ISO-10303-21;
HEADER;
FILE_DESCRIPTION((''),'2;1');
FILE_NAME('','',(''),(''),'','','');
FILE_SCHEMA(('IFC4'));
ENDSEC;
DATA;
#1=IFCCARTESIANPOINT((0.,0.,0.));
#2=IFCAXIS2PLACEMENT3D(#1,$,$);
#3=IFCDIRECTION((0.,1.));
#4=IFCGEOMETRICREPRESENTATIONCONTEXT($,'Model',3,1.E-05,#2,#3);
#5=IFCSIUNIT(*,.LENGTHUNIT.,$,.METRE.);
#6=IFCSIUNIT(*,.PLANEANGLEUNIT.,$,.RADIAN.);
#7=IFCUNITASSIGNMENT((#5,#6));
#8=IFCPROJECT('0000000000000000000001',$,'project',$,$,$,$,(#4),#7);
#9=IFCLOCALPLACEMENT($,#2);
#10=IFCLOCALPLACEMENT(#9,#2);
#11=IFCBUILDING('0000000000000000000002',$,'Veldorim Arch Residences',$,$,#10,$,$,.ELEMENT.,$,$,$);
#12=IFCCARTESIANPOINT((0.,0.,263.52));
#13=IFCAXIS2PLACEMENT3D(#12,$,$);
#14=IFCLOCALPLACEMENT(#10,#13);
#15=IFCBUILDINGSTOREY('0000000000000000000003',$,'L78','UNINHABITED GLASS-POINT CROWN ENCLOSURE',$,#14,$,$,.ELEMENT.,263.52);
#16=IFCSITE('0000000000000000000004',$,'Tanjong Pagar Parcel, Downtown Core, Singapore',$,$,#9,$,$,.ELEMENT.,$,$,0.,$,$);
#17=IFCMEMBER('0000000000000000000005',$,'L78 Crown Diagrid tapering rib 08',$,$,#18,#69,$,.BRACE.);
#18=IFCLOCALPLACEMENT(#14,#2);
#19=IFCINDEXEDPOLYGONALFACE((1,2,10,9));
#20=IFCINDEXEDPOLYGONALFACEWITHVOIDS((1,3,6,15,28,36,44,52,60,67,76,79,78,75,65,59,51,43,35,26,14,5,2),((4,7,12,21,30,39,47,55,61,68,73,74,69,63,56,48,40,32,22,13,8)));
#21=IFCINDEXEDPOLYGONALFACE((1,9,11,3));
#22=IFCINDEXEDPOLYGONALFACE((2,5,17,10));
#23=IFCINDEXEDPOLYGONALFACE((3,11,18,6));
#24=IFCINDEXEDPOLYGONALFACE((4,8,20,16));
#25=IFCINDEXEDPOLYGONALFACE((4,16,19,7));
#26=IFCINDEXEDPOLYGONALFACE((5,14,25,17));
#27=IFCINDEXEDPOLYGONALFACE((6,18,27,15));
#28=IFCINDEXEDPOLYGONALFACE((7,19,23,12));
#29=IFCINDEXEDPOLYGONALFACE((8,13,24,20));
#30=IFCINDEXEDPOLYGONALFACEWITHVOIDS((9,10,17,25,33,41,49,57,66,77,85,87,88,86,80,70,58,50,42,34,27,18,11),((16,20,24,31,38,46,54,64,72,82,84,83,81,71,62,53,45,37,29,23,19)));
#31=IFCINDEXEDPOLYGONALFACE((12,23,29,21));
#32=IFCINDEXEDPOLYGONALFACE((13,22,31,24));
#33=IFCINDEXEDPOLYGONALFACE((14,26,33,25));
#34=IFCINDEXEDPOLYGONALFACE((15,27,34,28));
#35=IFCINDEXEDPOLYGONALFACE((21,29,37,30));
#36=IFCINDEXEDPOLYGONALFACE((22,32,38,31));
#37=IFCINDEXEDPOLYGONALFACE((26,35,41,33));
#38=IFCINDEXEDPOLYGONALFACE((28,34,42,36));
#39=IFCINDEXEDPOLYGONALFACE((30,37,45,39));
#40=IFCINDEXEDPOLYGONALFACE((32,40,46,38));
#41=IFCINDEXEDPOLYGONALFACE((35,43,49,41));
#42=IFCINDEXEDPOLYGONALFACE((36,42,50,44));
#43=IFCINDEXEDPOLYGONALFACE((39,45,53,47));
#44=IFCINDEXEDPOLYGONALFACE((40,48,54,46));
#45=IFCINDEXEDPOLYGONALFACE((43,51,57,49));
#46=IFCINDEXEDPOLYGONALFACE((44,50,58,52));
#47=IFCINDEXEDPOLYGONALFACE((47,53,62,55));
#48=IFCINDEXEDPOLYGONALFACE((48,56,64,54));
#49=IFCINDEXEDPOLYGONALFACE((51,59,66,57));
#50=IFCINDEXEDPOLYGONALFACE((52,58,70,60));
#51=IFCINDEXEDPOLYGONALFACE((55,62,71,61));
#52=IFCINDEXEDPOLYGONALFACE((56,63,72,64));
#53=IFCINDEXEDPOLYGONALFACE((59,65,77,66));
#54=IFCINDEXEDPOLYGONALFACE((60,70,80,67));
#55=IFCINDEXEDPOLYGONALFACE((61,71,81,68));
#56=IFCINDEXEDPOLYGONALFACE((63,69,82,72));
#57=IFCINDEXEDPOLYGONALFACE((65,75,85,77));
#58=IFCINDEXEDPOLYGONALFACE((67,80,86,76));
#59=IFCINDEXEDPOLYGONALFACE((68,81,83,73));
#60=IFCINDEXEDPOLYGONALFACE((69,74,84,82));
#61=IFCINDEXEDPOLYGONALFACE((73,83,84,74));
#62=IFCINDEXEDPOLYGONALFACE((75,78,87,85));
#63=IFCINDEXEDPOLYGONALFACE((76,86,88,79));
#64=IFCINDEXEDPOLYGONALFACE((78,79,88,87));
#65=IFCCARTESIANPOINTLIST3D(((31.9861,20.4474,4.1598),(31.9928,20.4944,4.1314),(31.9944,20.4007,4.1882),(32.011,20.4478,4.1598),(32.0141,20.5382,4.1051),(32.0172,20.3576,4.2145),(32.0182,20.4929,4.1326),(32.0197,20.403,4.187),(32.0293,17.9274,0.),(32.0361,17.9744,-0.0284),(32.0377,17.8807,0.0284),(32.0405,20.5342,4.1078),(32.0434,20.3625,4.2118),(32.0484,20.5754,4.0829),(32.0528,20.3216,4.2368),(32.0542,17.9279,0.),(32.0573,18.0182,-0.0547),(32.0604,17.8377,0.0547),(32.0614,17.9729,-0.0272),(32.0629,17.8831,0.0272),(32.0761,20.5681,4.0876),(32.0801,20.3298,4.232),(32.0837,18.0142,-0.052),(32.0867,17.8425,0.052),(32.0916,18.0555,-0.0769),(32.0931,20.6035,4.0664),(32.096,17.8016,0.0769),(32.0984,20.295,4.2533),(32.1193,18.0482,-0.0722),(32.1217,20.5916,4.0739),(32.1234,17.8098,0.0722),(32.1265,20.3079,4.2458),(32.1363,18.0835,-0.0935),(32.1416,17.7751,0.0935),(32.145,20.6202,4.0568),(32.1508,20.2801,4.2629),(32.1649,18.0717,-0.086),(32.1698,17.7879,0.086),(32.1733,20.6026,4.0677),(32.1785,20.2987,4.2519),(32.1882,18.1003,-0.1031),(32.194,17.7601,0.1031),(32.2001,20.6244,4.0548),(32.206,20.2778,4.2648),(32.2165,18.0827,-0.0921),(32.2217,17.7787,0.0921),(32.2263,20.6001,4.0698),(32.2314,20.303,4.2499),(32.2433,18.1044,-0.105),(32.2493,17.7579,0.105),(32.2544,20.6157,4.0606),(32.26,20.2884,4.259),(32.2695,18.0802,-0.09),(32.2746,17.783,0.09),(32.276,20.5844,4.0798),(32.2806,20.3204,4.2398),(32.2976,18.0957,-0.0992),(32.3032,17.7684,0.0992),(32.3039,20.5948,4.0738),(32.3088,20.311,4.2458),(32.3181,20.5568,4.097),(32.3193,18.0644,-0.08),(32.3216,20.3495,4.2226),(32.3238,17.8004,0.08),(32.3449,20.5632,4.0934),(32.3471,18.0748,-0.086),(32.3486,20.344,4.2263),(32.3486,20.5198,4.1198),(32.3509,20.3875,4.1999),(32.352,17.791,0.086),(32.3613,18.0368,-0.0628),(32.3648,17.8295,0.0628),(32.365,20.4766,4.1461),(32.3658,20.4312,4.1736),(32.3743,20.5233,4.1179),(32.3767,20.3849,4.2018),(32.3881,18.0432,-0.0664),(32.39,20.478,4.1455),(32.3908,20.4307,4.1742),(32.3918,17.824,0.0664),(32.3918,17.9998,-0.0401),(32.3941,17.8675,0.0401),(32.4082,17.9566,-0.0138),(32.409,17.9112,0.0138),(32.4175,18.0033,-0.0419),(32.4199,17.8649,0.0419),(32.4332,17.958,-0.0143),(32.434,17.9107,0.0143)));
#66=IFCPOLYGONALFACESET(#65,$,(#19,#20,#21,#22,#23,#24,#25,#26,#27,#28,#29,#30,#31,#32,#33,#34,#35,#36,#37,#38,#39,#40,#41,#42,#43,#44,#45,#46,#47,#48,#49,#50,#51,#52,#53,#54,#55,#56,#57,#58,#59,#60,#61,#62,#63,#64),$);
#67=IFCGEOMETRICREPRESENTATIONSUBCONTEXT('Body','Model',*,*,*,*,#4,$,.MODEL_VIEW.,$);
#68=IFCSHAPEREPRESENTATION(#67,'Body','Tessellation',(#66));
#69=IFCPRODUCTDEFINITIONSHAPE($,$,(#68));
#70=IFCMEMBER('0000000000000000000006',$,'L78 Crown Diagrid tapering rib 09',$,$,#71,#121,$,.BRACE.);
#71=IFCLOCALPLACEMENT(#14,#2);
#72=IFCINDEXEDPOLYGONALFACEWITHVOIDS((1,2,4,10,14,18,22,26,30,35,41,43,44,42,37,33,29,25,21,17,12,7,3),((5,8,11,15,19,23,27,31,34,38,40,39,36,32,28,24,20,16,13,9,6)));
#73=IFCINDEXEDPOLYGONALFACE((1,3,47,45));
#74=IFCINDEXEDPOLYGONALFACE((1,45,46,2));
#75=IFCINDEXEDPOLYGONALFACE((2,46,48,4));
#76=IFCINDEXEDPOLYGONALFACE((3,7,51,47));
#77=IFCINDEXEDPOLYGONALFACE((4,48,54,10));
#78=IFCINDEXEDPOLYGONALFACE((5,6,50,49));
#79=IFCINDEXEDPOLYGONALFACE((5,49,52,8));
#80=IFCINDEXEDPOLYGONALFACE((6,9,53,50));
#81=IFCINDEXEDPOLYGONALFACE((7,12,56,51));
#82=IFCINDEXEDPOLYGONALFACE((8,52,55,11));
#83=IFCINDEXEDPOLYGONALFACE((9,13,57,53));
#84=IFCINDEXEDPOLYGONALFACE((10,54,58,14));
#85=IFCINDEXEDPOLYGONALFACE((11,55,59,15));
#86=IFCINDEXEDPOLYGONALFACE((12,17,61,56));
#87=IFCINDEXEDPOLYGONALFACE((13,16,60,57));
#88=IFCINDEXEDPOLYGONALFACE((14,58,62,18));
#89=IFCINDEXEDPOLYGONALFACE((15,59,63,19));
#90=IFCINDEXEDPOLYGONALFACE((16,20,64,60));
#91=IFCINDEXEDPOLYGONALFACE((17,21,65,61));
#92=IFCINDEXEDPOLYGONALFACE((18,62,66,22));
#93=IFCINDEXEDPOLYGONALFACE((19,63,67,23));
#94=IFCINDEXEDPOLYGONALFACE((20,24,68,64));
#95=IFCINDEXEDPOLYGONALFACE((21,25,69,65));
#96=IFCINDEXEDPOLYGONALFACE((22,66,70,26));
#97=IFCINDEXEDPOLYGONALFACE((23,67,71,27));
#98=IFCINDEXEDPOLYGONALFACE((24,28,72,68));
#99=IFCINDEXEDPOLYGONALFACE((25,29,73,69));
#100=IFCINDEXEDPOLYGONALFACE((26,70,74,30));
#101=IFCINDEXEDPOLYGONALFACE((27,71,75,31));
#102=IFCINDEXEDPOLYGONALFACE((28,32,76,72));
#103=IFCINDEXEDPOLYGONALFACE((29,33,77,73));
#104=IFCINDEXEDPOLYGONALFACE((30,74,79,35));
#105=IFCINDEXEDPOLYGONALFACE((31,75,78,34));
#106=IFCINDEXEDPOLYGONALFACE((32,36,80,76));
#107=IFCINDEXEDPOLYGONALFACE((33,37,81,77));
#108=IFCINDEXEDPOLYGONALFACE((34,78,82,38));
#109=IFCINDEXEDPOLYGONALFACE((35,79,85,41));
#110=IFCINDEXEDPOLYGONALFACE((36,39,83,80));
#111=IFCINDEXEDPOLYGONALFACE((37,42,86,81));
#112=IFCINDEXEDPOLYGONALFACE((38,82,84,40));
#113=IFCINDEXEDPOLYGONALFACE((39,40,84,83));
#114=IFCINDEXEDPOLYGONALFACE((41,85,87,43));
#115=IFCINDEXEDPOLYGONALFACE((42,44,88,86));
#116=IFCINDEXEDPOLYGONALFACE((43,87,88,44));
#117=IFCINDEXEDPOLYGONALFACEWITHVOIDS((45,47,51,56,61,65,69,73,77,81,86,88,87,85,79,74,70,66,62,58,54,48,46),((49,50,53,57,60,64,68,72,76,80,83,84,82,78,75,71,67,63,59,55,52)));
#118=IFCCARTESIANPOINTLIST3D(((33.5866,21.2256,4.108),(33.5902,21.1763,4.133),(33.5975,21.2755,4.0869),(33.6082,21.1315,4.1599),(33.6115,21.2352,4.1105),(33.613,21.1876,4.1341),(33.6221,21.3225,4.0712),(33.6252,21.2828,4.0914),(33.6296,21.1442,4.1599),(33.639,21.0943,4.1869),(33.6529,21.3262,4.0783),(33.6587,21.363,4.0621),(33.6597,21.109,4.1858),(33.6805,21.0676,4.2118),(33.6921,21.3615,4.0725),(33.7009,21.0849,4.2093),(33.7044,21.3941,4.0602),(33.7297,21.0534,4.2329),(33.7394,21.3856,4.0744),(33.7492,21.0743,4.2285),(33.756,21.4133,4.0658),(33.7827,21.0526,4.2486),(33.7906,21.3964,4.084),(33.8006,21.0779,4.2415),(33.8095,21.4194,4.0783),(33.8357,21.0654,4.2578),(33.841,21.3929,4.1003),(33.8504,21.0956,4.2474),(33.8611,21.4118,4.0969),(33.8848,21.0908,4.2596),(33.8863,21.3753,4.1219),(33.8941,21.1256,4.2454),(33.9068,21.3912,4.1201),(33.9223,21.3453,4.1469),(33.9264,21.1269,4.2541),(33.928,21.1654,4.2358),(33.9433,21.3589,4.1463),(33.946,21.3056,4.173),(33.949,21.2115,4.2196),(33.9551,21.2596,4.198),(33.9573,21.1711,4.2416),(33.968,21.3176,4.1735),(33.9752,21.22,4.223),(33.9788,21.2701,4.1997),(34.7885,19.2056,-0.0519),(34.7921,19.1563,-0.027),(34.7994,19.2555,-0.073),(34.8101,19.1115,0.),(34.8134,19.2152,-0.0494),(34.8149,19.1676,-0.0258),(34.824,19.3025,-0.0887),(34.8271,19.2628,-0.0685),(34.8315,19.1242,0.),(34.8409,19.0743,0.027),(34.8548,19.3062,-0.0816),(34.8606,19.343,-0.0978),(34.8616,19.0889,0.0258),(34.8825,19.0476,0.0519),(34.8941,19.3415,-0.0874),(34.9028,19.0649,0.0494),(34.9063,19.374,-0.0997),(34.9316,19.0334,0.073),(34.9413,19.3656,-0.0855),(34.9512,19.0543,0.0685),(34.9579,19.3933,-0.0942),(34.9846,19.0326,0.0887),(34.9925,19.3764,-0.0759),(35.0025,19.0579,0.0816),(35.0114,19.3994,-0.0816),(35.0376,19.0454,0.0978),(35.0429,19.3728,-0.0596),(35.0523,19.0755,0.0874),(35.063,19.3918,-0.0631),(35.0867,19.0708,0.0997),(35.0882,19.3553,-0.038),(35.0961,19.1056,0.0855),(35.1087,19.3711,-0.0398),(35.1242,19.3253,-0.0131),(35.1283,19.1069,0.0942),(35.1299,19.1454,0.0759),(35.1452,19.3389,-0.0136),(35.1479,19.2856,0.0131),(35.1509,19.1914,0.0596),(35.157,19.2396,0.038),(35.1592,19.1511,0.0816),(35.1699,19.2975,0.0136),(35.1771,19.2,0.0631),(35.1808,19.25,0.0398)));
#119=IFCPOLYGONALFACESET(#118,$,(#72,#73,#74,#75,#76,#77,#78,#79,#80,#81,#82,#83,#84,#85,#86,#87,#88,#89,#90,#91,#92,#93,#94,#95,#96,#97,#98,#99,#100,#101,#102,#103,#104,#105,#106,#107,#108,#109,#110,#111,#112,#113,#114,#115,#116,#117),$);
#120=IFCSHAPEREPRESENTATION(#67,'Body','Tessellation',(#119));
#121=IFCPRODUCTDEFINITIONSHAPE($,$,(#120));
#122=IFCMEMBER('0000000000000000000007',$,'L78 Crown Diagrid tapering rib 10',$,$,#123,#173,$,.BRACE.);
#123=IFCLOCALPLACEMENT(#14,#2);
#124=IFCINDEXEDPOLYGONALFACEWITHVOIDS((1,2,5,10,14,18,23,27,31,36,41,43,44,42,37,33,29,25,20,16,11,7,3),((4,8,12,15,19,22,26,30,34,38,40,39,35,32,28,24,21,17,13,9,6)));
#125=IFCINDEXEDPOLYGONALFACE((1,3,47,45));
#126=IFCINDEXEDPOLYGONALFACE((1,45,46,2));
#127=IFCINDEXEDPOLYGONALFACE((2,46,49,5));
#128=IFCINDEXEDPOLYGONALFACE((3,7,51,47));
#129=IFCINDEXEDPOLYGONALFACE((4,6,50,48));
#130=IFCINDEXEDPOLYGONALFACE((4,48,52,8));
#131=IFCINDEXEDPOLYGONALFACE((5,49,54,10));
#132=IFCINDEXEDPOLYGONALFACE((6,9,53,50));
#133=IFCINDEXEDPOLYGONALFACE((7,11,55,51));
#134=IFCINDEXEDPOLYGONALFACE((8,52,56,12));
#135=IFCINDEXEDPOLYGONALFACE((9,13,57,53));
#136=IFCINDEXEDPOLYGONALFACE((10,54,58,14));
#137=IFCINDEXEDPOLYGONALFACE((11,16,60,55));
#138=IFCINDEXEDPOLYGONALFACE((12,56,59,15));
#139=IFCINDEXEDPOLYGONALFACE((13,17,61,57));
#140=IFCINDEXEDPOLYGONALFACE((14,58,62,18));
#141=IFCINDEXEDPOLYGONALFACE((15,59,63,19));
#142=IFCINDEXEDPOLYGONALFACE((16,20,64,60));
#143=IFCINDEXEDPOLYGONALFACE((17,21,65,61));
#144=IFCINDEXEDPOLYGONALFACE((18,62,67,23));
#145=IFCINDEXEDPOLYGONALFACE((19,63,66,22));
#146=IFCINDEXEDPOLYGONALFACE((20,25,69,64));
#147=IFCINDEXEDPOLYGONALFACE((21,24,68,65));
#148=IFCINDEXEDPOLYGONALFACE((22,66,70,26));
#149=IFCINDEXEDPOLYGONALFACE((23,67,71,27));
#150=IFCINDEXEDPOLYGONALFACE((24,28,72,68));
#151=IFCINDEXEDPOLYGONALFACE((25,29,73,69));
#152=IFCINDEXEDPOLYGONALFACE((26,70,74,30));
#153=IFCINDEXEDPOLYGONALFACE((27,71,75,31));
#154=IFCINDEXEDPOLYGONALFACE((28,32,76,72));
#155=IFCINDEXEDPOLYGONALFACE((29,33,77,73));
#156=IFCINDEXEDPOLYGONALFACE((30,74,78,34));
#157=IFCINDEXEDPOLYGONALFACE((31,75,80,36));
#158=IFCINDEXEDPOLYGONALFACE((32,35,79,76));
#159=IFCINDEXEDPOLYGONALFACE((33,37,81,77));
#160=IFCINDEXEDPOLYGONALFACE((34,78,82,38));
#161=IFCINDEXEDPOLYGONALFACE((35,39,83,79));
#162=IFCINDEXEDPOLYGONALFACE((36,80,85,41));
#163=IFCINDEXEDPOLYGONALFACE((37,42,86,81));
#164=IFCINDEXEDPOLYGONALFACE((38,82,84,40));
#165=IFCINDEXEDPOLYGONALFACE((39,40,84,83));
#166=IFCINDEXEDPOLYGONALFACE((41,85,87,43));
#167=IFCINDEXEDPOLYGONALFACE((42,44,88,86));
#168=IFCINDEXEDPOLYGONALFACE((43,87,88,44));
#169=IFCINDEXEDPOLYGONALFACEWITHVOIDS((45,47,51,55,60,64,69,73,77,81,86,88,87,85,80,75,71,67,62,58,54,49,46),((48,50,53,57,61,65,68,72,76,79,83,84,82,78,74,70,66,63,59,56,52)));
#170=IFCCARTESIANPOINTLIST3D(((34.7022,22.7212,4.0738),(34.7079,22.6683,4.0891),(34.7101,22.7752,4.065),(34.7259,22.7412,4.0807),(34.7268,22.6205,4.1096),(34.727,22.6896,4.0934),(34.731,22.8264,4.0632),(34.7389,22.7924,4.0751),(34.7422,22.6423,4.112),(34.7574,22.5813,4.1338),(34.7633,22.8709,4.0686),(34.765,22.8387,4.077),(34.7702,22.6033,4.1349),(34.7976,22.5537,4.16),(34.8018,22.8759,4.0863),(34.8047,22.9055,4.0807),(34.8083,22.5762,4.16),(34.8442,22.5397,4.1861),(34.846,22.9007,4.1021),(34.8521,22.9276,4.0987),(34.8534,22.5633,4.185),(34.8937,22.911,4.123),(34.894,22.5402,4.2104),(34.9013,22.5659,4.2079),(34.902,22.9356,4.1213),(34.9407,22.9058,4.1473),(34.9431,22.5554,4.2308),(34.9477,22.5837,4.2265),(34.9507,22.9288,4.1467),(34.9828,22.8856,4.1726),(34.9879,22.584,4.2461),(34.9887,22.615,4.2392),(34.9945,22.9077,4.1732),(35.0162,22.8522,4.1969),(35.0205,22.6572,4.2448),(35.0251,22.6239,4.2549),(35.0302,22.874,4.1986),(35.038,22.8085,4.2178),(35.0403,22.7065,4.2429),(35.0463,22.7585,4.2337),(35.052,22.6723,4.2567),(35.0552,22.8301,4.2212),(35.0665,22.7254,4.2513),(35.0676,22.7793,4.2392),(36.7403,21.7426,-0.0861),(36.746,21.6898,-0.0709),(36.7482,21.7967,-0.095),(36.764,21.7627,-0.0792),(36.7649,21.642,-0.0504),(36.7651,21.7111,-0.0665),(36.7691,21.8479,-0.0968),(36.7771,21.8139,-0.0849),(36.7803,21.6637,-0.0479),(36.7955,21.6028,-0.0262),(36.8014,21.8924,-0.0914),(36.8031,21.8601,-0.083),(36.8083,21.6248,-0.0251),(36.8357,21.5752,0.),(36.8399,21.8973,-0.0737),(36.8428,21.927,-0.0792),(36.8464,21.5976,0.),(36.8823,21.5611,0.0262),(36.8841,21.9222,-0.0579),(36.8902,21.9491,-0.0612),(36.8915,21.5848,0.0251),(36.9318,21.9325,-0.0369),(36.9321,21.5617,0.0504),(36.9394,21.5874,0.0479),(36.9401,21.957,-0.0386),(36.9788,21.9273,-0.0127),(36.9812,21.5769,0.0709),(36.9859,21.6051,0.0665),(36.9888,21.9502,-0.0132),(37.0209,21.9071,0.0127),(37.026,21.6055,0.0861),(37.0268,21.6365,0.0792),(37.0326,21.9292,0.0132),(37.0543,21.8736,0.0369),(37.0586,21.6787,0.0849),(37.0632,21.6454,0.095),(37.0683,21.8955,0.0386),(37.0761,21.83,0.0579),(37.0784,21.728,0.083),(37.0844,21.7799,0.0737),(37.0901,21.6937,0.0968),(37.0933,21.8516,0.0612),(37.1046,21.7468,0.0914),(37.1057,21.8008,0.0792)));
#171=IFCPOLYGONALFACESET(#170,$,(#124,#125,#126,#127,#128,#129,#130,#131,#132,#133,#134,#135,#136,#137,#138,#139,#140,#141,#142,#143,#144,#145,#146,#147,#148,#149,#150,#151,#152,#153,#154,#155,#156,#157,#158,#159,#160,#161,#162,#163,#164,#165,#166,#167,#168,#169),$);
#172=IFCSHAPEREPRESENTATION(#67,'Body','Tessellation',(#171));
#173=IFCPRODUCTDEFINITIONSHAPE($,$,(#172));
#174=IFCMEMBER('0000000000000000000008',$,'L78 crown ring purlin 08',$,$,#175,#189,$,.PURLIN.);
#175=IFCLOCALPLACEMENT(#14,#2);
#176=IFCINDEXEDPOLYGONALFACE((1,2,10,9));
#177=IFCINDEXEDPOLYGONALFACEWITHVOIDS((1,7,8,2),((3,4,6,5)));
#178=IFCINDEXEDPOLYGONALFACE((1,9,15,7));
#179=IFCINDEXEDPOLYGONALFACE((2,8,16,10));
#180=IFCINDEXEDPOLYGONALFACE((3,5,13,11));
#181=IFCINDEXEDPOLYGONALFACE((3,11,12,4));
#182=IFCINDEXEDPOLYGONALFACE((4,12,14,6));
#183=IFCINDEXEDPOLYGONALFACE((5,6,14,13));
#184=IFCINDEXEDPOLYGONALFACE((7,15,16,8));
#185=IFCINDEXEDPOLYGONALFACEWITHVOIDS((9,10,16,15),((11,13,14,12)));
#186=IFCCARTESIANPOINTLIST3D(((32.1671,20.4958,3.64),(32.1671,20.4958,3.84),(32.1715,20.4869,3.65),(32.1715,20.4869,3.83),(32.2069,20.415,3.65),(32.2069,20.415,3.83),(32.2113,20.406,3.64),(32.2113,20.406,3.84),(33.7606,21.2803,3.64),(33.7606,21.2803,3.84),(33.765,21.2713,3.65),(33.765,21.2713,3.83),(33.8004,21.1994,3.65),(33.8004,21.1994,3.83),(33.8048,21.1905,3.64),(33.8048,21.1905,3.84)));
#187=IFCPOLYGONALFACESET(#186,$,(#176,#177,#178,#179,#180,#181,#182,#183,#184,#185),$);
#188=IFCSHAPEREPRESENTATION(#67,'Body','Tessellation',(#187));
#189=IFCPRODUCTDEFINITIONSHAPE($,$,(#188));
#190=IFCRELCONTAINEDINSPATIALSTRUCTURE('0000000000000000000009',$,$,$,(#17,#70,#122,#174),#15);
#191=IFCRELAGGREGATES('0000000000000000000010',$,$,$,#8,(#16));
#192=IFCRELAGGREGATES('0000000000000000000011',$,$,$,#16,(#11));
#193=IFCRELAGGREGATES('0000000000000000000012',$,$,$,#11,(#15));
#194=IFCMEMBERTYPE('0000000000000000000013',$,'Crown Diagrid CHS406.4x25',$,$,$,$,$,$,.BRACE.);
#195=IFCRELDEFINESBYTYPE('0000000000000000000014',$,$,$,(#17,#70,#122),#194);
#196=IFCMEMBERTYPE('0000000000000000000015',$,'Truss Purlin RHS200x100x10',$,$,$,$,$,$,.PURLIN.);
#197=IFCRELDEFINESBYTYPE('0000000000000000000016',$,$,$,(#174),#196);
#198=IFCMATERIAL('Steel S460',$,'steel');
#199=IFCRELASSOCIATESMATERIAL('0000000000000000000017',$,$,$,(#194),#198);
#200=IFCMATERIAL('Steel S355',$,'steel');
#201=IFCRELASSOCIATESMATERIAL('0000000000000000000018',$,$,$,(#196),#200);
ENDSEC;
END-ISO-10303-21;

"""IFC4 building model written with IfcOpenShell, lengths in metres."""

from ifc_helpers import new_model, si_unit, direction, frame, origin, origin_2d, place, context, subcontext, project, spatial, hollow_rectangle, hollow_circle, extrude, material, material_profile, profile_set, type_object, element, save


model = new_model("IFC4")

# Units and contexts
model_context = context("Model", 3, precision=1e-05, world=origin(), true_north=direction((0.0, 1.0)))
body_context = subcontext(model_context, "Body", "Model", "MODEL_VIEW")
ifc_project = project(units=[si_unit("LENGTHUNIT", "METRE"), si_unit("PLANEANGLEUNIT", "RADIAN")], contexts=[model_context])

# Site, building, storey
site_placement = place(None, origin())
site = spatial("IfcSite", under=ifc_project, at=site_placement, Name="Tanjong Pagar Parcel, Downtown Core, Singapore", CompositionType="ELEMENT", RefElevation=0.0)
building_placement = place(site_placement, origin())
building = spatial("IfcBuilding", under=site, at=building_placement, Name="Veldorim Arch Residences", CompositionType="ELEMENT")
storey_placement = place(building_placement, frame((0.0, 0.0, 263.52)))
storey = spatial("IfcBuildingStorey", under=building, at=storey_placement, Name="L78", Description="UNINHABITED GLASS-POINT CROWN ENCLOSURE", CompositionType="ELEMENT", Elevation=263.52)

# Members
ifc_material_1 = material(Name="Steel S460", Category="steel")
ifc_material_profile_1 = material_profile(ifc_material_1, hollow_circle(Radius=0.2031, WallThickness=0.0249, at=origin_2d()), Name="CHS406.4x25")
ifc_profile_set_1 = profile_set([ifc_material_profile_1], Name="Steel S460")
member_type_1 = type_object("IfcMemberType", Name="Crown Diagrid CHS406.4x25", PredefinedType="BRACE", material=ifc_profile_set_1)
member_1_placement = place(storey_placement, frame((32.2324, 17.9309, 0.0), z_axis=(-0.008884, 0.51811, 0.855268), x_axis=(-0.999853, -0.017145, 0.0)))
element("IfcMember", 1, at=member_1_placement, inside=storey, type_object=member_type_1, Name="L78 Crown Diagrid tapering rib 08", PredefinedType="BRACE", context=body_context, shape_type="SweptSolid", body=[
    extrude(hollow_circle(Radius=0.2031, WallThickness=0.0249, at=origin_2d()), origin(), (0.0, 0.0, 1.0), 4.8638),
])
member_2_placement = place(storey_placement, frame((34.9846, 19.2153, 0.0), z_axis=(-0.251546, 0.422769, 0.870627), x_axis=(-0.859384, -0.51133, 0.0)))
element("IfcMember", 2, at=member_2_placement, inside=storey, type_object=member_type_1, Name="L78 Crown Diagrid tapering rib 09", PredefinedType="BRACE", context=body_context, shape_type="SweptSolid", body=[
    extrude(hollow_circle(Radius=0.2031, WallThickness=0.0249, at=origin_2d()), origin(), (0.0, 0.0, 1.0), 4.7781),
])
member_3_placement = place(storey_placement, frame((36.9236, 21.7583, 0.0), z_axis=(-0.430469, 0.206675, 0.878625), x_axis=(-0.432815, -0.901483, 0.0)))
element("IfcMember", 3, at=member_3_placement, inside=storey, type_object=member_type_1, Name="L78 Crown Diagrid tapering rib 10", PredefinedType="BRACE", context=body_context, shape_type="SweptSolid", body=[
    extrude(hollow_circle(Radius=0.2031, WallThickness=0.0249, at=origin_2d()), origin(), (0.0, 0.0, 1.0), 4.7346),
])
ifc_material_2 = material(Name="Steel S355", Category="steel")
ifc_material_profile_2 = material_profile(ifc_material_2, hollow_rectangle(XDim=0.1001, YDim=0.2, WallThickness=0.01, at=origin_2d()), Name="RHS200x100x10")
ifc_profile_set_2 = profile_set([ifc_material_profile_2], Name="Steel S355")
member_type_2 = type_object("IfcMemberType", Name="Truss Purlin RHS200x100x10", PredefinedType="PURLIN", material=ifc_profile_set_2)
member_4_placement = place(storey_placement, frame((32.1892, 20.4509, 3.74), z_axis=(0.897187, 0.441652, 0.0), x_axis=(-0.441652, 0.897187, 0.0)))
element("IfcMember", 4, at=member_4_placement, inside=storey, type_object=member_type_2, Name="L78 crown ring purlin 08", PredefinedType="PURLIN", context=body_context, shape_type="SweptSolid", body=[
    extrude(hollow_rectangle(XDim=0.1001, YDim=0.2, WallThickness=0.01, at=origin_2d()), origin(), (0.0, 0.0, 1.0), 1.7761),
])

save(model, "model.ifc")
